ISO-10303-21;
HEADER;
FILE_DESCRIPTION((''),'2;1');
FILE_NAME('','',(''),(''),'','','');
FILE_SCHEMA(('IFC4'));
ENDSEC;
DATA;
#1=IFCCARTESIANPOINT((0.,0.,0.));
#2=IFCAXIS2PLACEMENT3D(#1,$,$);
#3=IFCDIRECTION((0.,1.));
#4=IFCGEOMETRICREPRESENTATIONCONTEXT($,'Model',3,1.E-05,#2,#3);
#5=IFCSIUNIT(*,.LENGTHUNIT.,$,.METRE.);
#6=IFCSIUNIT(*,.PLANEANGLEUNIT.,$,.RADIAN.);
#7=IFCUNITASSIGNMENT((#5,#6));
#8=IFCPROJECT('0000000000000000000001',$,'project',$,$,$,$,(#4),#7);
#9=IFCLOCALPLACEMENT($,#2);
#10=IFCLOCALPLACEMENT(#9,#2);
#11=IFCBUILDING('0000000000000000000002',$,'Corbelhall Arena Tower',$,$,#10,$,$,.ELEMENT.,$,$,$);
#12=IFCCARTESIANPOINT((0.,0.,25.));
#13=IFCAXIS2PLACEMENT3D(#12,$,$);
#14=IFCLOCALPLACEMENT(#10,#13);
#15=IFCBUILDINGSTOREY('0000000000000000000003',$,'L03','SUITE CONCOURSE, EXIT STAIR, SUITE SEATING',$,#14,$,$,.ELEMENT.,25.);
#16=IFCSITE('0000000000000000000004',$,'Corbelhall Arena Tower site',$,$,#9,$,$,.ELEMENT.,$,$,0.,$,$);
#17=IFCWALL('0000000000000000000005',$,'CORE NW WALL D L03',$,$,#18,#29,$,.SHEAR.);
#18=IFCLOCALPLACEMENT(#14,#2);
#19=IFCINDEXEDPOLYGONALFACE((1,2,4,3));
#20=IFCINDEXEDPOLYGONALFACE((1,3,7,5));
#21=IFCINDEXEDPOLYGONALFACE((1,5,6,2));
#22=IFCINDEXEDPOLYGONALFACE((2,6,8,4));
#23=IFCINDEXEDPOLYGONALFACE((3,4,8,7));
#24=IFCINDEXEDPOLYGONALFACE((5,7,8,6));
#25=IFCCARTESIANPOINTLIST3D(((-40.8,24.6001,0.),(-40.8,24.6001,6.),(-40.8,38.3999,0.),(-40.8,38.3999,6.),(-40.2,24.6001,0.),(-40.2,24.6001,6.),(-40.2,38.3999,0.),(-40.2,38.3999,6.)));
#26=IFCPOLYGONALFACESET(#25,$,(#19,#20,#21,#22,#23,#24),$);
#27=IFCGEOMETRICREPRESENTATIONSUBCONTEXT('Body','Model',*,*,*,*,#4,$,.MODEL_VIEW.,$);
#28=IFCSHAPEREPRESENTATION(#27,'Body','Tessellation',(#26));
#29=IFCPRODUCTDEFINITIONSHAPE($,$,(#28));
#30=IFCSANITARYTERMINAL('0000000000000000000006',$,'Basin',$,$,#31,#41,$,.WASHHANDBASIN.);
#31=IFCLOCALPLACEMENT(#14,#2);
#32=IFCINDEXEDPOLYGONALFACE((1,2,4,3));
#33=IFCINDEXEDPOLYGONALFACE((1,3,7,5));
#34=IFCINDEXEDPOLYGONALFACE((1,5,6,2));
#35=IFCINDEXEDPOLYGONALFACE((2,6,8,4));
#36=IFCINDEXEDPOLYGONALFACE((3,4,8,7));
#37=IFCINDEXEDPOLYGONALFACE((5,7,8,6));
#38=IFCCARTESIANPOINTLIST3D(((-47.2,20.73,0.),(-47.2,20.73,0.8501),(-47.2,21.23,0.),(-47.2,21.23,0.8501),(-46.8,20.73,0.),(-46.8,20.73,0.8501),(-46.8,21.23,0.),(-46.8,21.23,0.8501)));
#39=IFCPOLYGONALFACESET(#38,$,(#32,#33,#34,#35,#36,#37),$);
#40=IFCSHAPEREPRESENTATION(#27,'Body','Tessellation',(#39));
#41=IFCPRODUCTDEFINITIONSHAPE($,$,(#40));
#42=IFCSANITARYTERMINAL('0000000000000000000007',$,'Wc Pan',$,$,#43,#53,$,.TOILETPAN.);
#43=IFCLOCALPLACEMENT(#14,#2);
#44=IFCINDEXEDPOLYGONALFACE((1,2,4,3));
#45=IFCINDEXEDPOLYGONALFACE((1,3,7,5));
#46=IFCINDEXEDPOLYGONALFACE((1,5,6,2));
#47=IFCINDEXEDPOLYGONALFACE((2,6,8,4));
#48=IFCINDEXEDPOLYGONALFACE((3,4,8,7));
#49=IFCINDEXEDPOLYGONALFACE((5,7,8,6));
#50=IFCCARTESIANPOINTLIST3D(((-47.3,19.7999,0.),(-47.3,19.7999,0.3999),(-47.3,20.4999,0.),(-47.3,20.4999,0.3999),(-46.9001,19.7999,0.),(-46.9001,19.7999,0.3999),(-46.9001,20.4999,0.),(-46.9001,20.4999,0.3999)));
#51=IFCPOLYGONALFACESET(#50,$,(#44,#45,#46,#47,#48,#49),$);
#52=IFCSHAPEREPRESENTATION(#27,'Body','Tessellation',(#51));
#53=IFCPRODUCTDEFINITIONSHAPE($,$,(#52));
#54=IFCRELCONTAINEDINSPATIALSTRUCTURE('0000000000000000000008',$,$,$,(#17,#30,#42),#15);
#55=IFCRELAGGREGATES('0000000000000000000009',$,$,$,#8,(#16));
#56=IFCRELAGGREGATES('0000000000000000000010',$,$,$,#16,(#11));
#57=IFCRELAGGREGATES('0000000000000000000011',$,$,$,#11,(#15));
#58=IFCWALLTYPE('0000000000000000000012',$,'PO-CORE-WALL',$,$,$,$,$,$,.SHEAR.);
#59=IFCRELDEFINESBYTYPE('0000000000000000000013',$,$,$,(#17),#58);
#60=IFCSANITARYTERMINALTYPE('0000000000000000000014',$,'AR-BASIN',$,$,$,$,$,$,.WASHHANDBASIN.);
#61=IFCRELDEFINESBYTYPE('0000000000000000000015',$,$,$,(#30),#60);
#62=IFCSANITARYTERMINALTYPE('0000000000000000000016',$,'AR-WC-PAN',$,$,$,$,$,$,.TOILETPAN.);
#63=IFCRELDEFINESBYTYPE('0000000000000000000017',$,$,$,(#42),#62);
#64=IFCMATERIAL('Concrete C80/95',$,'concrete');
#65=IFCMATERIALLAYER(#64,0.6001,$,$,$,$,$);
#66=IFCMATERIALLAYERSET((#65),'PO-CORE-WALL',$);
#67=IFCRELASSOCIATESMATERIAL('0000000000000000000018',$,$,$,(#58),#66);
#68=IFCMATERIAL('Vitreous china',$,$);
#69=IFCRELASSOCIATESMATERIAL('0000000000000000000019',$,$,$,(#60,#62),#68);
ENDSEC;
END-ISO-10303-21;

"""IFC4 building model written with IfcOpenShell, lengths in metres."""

from ifc_helpers import new_model, si_unit, direction, frame, frame_2d, origin, origin_2d, place, context, subcontext, project, spatial, rectangle, extrude, material, layer, layer_set, type_object, element, save


model = new_model("IFC4")

# Units and contexts
model_context = context("Model", 3, precision=1e-05, world=origin(), true_north=direction((0.0, 1.0)))
body_context = subcontext(model_context, "Body", "Model", "MODEL_VIEW")
ifc_project = project(units=[si_unit("LENGTHUNIT", "METRE"), si_unit("PLANEANGLEUNIT", "RADIAN")], contexts=[model_context])

# Site, building, storey
site_placement = place(None, origin())
site = spatial("IfcSite", under=ifc_project, at=site_placement, Name="Corbelhall Arena Tower site", CompositionType="ELEMENT", RefElevation=0.0)
building_placement = place(site_placement, origin())
building = spatial("IfcBuilding", under=site, at=building_placement, Name="Corbelhall Arena Tower", CompositionType="ELEMENT")
storey_placement = place(building_placement, frame((0.0, 0.0, 25.0)))
storey = spatial("IfcBuildingStorey", under=building, at=storey_placement, Name="L03", Description="SUITE CONCOURSE, EXIT STAIR, SUITE SEATING", CompositionType="ELEMENT", Elevation=25.0)

# Shared definitions
ifc_material_1 = material(Name="Concrete C80/95", Category="concrete")
ifc_layer_1 = layer(ifc_material_1, 0.6001)
ifc_layer_set_1 = layer_set([ifc_layer_1], Name="PO-CORE-WALL")
wall_type_1 = type_object("IfcWallType", Name="PO-CORE-WALL", PredefinedType="SHEAR", material=ifc_layer_set_1)

# Wall
wall_1_placement = place(storey_placement, frame((-40.5, 24.6001, 0.0), z_axis=(0.0, 0.0, 1.0), x_axis=(0.0, 1.0, 0.0)))
element("IfcWall", 1, at=wall_1_placement, inside=storey, type_object=wall_type_1, Name="CORE NW WALL D L03", PredefinedType="SHEAR", context=body_context, shape_type="SweptSolid", body=[
    extrude(rectangle(XDim=13.7998, YDim=0.6001, at=frame_2d((6.8999, 0.0))), origin(), (0.0, 0.0, 1.0), 6.0),
])

# Sanitary terminals
ifc_material_2 = material(Name="Vitreous china")
sanitary_terminal_type_1 = type_object("IfcSanitaryTerminalType", Name="AR-BASIN", PredefinedType="WASHHANDBASIN", material=ifc_material_2)
sanitary_terminal_1_placement = place(storey_placement, frame((-47.0, 20.98, 0.0), z_axis=(0.0, 0.0, 1.0), x_axis=(1.0, 0.0, 0.0)))
element("IfcSanitaryTerminal", 2, at=sanitary_terminal_1_placement, inside=storey, type_object=sanitary_terminal_type_1, Name="Basin", PredefinedType="WASHHANDBASIN", context=body_context, shape_type="SweptSolid", body=[
    extrude(rectangle(XDim=0.3999, YDim=0.5, at=origin_2d()), origin(), (0.0, 0.0, 1.0), 0.8501),
])
sanitary_terminal_type_2 = type_object("IfcSanitaryTerminalType", Name="AR-WC-PAN", PredefinedType="TOILETPAN", material=ifc_material_2)
sanitary_terminal_2_placement = place(storey_placement, frame((-47.1001, 20.1499, 0.0), z_axis=(0.0, 0.0, 1.0), x_axis=(1.0, 0.0, 0.0)))
element("IfcSanitaryTerminal", 3, at=sanitary_terminal_2_placement, inside=storey, type_object=sanitary_terminal_type_2, Name="Wc Pan", PredefinedType="TOILETPAN", context=body_context, shape_type="SweptSolid", body=[
    extrude(rectangle(XDim=0.3999, YDim=0.7, at=origin_2d()), origin(), (0.0, 0.0, 1.0), 0.3999),
])

save(model, "model.ifc")
